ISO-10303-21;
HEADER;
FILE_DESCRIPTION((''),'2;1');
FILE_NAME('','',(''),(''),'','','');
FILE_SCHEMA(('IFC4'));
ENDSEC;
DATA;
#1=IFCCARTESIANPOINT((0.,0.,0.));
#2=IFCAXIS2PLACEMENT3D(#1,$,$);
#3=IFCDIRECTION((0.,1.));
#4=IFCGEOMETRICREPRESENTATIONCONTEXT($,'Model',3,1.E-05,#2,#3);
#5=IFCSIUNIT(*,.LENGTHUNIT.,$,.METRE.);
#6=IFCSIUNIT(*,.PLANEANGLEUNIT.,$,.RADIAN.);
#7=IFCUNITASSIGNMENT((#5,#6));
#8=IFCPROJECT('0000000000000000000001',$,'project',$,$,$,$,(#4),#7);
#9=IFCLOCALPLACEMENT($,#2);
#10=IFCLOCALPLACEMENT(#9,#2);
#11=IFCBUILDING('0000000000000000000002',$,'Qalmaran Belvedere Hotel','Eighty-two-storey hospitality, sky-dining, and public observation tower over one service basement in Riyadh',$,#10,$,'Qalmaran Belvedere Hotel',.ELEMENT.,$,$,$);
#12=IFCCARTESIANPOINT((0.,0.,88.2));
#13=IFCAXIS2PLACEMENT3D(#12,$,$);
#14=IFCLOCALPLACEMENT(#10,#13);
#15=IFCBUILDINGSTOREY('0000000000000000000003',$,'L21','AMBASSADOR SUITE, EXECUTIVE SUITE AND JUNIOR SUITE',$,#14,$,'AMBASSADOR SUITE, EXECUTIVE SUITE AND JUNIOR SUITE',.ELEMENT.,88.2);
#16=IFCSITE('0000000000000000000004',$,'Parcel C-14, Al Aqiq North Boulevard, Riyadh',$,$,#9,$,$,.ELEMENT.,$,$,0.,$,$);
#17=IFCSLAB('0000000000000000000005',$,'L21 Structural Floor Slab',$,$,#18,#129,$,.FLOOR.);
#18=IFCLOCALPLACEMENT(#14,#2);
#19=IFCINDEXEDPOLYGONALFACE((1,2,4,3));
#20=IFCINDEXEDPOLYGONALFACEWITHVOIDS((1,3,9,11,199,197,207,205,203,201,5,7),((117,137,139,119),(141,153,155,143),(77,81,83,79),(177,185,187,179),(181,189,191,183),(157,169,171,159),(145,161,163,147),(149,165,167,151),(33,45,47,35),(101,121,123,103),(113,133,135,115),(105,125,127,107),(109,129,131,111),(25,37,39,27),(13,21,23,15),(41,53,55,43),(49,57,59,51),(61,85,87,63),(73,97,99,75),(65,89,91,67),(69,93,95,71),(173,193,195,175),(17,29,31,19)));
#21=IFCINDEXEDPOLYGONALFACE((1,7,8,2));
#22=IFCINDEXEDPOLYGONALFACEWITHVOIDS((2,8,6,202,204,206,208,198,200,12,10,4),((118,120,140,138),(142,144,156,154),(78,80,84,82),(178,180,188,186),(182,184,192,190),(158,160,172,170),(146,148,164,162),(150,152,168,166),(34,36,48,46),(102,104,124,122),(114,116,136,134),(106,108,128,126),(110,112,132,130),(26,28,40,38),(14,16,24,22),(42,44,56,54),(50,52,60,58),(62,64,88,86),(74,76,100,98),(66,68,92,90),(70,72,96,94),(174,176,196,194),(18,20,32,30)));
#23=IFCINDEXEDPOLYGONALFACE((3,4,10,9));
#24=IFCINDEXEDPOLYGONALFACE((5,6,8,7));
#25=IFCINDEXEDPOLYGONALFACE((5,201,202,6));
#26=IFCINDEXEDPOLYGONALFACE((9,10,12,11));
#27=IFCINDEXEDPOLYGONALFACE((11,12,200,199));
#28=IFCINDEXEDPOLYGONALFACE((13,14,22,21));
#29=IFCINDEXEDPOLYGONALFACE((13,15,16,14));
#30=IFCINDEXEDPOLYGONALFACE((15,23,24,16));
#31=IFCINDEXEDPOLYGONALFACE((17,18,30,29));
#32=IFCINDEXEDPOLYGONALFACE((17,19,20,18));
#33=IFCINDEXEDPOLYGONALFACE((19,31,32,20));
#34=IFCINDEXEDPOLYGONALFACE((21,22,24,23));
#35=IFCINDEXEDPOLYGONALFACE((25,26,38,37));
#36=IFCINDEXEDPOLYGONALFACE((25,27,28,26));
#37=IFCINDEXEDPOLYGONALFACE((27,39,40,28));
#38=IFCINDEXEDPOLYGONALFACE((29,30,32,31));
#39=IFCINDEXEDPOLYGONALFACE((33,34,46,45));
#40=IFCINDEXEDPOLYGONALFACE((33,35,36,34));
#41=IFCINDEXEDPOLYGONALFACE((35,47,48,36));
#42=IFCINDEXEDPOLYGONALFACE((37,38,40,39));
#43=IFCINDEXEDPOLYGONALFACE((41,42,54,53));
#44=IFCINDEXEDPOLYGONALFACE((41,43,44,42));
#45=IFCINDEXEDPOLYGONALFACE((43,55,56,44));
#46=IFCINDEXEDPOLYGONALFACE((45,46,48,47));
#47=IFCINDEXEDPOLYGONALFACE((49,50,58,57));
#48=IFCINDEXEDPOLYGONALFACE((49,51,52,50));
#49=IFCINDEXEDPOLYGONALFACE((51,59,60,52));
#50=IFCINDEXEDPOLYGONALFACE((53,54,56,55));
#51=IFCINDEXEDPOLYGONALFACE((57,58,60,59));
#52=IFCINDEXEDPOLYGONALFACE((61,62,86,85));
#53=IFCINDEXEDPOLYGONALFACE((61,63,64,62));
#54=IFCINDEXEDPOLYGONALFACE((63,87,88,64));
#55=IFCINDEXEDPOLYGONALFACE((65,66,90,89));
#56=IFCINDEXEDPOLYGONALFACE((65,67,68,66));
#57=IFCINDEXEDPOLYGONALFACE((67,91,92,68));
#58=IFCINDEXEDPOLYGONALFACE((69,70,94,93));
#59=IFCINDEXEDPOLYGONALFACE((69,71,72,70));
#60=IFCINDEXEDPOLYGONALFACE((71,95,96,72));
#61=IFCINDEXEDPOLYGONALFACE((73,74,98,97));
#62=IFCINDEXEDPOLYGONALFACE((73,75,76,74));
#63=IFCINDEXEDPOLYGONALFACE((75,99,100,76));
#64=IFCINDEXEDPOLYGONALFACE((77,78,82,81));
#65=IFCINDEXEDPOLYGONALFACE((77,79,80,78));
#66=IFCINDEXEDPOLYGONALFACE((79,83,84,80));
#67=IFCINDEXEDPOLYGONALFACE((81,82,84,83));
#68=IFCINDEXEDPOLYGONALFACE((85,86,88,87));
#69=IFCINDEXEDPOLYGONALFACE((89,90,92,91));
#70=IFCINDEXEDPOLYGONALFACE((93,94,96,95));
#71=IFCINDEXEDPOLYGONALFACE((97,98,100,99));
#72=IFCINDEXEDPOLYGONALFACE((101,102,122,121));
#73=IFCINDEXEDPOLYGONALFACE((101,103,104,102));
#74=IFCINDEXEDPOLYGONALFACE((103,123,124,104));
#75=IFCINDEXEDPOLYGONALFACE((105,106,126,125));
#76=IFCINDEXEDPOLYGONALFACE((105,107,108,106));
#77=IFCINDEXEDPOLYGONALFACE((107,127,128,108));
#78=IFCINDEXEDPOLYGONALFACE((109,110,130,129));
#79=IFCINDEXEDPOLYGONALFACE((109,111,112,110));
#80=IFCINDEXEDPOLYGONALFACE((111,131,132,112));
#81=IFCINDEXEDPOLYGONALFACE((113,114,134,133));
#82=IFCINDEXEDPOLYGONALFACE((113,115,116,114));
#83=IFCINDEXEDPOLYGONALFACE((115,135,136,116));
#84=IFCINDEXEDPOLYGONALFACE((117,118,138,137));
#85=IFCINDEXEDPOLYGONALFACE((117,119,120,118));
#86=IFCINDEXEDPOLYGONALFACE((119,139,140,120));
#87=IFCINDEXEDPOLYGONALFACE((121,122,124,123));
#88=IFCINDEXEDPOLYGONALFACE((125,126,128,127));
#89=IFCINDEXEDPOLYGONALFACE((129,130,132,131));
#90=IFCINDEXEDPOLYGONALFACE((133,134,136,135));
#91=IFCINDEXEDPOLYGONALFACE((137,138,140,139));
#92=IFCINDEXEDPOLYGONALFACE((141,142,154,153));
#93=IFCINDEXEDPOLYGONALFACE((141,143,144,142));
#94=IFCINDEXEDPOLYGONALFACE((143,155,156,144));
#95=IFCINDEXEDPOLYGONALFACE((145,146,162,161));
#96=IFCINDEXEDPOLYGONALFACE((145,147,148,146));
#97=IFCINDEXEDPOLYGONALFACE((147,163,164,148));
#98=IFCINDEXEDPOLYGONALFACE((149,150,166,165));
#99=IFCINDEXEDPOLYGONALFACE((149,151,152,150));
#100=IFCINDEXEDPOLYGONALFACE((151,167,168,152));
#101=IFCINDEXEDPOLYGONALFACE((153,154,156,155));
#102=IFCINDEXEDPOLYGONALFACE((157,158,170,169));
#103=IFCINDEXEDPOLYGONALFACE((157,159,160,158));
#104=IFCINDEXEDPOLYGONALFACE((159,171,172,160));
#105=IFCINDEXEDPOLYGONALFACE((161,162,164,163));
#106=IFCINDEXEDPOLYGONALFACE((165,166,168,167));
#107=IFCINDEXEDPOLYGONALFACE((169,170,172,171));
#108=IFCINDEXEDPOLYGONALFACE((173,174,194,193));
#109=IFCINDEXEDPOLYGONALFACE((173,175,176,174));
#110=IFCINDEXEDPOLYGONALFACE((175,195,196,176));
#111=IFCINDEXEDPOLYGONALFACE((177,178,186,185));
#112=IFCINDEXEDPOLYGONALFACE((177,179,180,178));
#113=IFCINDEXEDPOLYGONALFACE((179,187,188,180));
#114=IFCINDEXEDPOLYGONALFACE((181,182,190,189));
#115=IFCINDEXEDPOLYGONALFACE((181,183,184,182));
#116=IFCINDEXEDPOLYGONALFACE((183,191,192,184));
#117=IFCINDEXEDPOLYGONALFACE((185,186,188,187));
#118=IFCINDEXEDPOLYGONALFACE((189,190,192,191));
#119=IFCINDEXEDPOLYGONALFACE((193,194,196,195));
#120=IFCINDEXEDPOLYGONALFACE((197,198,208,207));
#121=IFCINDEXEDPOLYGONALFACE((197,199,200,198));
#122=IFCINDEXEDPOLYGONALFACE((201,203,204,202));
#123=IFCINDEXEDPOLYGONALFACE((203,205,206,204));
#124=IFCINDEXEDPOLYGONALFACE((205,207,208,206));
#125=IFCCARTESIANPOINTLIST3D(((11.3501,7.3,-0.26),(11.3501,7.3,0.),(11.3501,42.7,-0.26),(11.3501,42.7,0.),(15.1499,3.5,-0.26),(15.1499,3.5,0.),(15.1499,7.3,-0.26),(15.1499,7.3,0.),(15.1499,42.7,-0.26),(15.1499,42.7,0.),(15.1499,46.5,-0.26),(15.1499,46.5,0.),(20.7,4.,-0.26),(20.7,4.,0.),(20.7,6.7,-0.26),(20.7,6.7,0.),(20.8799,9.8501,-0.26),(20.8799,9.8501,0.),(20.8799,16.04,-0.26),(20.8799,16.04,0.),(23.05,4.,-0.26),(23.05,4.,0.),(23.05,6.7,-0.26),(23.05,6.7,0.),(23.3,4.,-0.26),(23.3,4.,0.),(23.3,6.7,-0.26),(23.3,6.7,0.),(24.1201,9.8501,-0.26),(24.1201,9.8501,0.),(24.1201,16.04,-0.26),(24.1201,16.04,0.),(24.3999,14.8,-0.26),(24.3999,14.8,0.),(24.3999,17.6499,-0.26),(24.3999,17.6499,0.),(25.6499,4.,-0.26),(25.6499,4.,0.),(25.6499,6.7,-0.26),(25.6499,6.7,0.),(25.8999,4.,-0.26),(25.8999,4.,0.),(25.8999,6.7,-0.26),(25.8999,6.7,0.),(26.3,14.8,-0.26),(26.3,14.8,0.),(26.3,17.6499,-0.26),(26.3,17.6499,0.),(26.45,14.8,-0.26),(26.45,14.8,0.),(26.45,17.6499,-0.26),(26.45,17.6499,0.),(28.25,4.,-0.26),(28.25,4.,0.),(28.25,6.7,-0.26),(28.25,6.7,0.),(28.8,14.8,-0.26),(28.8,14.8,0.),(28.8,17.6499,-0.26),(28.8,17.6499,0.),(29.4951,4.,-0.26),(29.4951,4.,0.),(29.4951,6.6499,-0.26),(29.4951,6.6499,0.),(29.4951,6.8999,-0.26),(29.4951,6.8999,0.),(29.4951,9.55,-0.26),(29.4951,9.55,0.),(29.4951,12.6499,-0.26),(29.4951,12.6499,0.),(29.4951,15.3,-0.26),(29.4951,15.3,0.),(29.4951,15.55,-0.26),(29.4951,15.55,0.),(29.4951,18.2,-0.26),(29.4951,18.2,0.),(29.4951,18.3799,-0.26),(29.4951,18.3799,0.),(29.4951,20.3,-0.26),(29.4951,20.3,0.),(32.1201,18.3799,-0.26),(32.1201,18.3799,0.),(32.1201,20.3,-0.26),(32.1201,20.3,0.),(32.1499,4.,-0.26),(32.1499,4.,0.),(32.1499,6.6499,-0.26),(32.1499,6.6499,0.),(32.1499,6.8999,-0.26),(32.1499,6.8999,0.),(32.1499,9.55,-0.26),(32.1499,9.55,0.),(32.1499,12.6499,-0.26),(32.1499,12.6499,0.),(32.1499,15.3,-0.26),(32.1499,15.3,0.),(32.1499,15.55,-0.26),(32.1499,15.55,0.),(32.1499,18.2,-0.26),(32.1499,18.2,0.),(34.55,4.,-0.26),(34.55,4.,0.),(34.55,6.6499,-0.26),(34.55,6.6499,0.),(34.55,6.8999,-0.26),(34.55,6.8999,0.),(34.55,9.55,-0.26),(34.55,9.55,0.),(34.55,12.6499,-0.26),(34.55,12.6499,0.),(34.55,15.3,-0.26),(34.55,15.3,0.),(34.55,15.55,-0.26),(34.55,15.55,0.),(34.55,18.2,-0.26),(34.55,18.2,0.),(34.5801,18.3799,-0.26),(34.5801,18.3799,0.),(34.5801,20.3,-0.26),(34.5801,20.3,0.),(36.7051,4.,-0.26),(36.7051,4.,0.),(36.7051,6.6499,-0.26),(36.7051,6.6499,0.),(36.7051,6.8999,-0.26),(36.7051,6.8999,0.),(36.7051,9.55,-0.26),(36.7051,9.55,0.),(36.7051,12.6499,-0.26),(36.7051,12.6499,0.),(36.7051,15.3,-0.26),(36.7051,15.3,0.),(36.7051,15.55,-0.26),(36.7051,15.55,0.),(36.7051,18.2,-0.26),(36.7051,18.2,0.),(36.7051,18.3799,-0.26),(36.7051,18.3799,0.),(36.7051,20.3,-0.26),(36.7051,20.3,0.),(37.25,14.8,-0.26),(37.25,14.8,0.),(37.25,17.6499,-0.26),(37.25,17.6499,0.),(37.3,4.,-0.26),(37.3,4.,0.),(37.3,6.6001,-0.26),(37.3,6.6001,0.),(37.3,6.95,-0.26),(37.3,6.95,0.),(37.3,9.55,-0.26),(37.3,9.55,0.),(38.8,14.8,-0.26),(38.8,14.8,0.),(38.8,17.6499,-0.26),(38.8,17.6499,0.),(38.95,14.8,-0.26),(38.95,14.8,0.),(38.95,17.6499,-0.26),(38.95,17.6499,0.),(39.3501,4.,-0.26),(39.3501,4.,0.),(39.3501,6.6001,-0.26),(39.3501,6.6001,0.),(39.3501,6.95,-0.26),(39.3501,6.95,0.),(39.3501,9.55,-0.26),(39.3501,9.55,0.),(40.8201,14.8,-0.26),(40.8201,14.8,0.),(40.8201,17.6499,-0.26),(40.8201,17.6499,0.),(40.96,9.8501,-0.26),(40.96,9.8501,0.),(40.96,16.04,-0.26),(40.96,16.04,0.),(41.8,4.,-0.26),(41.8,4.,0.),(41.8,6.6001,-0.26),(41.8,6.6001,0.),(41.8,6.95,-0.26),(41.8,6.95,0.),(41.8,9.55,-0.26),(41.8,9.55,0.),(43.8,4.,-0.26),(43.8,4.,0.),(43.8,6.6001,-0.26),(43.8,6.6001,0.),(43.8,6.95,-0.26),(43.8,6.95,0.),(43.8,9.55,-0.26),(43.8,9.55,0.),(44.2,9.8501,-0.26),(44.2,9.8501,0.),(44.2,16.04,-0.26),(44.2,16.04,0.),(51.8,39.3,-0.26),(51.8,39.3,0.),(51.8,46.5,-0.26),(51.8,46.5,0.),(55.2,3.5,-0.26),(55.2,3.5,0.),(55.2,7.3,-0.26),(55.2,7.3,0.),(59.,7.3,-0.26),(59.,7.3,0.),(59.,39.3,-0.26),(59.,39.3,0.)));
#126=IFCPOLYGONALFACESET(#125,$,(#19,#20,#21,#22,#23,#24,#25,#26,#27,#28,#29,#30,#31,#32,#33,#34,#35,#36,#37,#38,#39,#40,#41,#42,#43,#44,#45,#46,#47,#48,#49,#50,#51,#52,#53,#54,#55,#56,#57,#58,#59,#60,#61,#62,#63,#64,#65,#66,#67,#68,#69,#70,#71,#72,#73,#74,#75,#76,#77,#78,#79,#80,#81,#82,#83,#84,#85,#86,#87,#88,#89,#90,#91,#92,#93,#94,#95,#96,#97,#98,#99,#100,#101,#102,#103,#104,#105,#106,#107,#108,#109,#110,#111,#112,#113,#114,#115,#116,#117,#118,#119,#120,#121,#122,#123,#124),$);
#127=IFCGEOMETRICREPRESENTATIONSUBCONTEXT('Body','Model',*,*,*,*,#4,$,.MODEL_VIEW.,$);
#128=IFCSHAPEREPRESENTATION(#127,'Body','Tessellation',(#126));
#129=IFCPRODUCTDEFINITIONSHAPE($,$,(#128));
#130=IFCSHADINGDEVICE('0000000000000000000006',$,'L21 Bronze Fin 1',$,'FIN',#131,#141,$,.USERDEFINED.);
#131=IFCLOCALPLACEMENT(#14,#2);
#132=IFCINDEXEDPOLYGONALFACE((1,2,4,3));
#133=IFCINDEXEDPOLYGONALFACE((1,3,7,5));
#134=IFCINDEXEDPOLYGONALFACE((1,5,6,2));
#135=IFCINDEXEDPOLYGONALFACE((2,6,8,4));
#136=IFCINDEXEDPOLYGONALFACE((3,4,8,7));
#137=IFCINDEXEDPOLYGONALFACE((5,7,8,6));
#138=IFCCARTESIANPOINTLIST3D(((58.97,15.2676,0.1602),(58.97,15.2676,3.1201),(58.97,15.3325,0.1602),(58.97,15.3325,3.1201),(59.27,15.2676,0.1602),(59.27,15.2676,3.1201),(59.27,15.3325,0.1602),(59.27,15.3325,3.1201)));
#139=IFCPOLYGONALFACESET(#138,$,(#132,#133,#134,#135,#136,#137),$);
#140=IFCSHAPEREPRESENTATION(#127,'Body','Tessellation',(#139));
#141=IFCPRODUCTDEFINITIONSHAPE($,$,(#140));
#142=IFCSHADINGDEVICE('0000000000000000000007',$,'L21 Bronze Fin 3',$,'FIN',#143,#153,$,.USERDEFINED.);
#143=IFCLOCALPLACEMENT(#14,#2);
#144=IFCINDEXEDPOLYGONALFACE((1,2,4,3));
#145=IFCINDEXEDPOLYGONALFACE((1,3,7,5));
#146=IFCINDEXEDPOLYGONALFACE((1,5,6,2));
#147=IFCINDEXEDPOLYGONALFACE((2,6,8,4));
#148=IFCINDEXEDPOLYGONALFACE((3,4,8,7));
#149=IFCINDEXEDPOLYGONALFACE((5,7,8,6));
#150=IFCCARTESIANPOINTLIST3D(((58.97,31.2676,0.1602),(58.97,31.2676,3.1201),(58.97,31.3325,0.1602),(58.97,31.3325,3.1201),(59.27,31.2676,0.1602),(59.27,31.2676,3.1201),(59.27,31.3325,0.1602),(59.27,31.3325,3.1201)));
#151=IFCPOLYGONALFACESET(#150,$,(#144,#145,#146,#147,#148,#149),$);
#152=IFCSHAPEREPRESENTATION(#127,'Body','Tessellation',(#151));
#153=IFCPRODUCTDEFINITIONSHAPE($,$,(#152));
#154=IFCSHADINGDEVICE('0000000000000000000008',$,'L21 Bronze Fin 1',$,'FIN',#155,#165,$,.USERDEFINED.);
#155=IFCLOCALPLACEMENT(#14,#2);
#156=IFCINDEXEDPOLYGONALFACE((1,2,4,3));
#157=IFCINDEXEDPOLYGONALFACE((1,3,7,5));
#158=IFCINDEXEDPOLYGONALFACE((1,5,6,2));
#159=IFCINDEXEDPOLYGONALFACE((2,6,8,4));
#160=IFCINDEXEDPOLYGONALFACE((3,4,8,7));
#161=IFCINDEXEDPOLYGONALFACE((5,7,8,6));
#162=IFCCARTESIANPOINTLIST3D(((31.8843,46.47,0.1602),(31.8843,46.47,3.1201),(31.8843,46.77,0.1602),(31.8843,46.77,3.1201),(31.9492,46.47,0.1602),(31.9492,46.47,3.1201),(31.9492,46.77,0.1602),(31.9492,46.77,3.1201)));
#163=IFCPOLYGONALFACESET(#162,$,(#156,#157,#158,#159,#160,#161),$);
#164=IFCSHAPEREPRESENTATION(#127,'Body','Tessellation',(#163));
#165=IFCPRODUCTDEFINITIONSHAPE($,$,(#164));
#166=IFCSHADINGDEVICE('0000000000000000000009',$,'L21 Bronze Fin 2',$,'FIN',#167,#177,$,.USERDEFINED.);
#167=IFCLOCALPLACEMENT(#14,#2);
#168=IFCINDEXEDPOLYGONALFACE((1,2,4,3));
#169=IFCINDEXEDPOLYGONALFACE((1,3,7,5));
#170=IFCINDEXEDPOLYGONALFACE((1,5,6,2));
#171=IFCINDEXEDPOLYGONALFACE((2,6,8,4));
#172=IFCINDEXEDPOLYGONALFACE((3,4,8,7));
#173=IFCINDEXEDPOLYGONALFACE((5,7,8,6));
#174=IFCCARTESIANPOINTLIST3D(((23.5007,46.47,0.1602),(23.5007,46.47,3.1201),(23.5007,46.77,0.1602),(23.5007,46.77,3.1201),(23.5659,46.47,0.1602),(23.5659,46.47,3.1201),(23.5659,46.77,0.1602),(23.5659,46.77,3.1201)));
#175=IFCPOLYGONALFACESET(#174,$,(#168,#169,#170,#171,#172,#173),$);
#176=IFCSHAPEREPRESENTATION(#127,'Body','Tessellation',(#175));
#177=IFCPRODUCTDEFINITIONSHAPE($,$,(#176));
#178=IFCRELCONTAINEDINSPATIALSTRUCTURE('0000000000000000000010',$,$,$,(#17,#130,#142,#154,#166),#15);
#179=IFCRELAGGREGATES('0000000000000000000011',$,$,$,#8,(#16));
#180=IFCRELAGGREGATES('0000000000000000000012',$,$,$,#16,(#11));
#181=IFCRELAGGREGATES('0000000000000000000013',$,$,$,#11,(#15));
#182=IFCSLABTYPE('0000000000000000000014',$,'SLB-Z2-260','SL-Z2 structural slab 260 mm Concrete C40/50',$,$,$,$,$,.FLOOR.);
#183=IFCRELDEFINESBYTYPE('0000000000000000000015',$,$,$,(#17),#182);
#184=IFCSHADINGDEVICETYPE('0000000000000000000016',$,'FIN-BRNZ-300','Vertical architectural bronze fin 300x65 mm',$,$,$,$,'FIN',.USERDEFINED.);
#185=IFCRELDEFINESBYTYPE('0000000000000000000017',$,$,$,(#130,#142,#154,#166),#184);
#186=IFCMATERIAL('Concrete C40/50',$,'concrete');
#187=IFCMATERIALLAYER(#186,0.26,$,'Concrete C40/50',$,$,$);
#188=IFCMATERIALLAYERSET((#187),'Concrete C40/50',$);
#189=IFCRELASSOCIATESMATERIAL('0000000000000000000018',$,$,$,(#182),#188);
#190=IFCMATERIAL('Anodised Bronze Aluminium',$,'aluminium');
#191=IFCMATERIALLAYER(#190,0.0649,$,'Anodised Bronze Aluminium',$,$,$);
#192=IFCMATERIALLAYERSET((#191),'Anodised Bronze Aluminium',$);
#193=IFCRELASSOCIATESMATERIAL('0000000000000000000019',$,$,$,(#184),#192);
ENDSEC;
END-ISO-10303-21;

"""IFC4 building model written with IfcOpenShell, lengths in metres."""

from ifc_helpers import new_model, si_unit, direction, frame, origin, place, context, subcontext, project, spatial, polyline, outline, extrude, material, layer, layer_set, type_object, element, save


model = new_model("IFC4")

# Units and contexts
model_context = context("Model", 3, precision=1e-05, world=origin(), true_north=direction((0.0, 1.0)))
body_context = subcontext(model_context, "Body", "Model", "MODEL_VIEW")
ifc_project = project(units=[si_unit("LENGTHUNIT", "METRE"), si_unit("PLANEANGLEUNIT", "RADIAN")], contexts=[model_context])

# Site, building, storey
site_placement = place(None, origin())
site = spatial("IfcSite", under=ifc_project, at=site_placement, Name="Parcel C-14, Al Aqiq North Boulevard, Riyadh", CompositionType="ELEMENT", RefElevation=0.0)
building_placement = place(site_placement, origin())
building = spatial("IfcBuilding", under=site, at=building_placement, Name="Qalmaran Belvedere Hotel", Description="Eighty-two-storey hospitality, sky-dining, and public observation tower over one service basement in Riyadh", LongName="Qalmaran Belvedere Hotel", CompositionType="ELEMENT")
storey_placement = place(building_placement, frame((0.0, 0.0, 88.2)))
storey = spatial("IfcBuildingStorey", under=building, at=storey_placement, Name="L21", Description="AMBASSADOR SUITE, EXECUTIVE SUITE AND JUNIOR SUITE", LongName="AMBASSADOR SUITE, EXECUTIVE SUITE AND JUNIOR SUITE", CompositionType="ELEMENT", Elevation=88.2)

# Shared definitions
ifc_material_1 = material(Name="Anodised Bronze Aluminium", Category="aluminium")

# Shared definitions
ifc_material_2 = material(Name="Concrete C40/50", Category="concrete")

# Slab
ifc_layer_1 = layer(ifc_material_2, 0.26, Name="Concrete C40/50")
ifc_layer_set_1 = layer_set([ifc_layer_1], Name="Concrete C40/50")
slab_type_1 = type_object("IfcSlabType", Name="SLB-Z2-260", Description="SL-Z2 structural slab 260 mm Concrete C40/50", PredefinedType="FLOOR", material=ifc_layer_set_1)
slab_1_placement = place(storey_placement, frame((0.0, 0.0, -0.26)))
element("IfcSlab", 1, at=slab_1_placement, inside=storey, type_object=slab_type_1, Name="L21 Structural Floor Slab", PredefinedType="FLOOR", context=body_context, shape_type="SweptSolid", body=[
    extrude(outline(polyline([(15.1499, 3.5), (55.2, 3.5), (55.2, 7.3), (59.0, 7.3), (59.0, 39.3), (51.8, 39.3), (51.8, 46.5), (15.1499, 46.5), (15.1499, 42.7), (11.3501, 42.7), (11.3501, 7.3), (15.1499, 7.3), (15.1499, 3.5)]), holes=[polyline([(20.8799, 9.8501), (24.1201, 9.8501), (24.1201, 16.04), (20.8799, 16.04), (20.8799, 9.8501)]), polyline([(40.96, 9.8501), (44.2, 9.8501), (44.2, 16.04), (40.96, 16.04), (40.96, 9.8501)]), polyline([(29.4951, 4.0), (32.1499, 4.0), (32.1499, 6.6499), (29.4951, 6.6499), (29.4951, 4.0)]), polyline([(29.4951, 6.8999), (32.1499, 6.8999), (32.1499, 9.55), (29.4951, 9.55), (29.4951, 6.8999)]), polyline([(34.55, 4.0), (36.7051, 4.0), (36.7051, 6.6499), (34.55, 6.6499), (34.55, 4.0)]), polyline([(34.55, 6.8999), (36.7051, 6.8999), (36.7051, 9.55), (34.55, 9.55), (34.55, 6.8999)]), polyline([(29.4951, 12.6499), (32.1499, 12.6499), (32.1499, 15.3), (29.4951, 15.3), (29.4951, 12.6499)]), polyline([(29.4951, 15.55), (32.1499, 15.55), (32.1499, 18.2), (29.4951, 18.2), (29.4951, 15.55)]), polyline([(34.55, 12.6499), (36.7051, 12.6499), (36.7051, 15.3), (34.55, 15.3), (34.55, 12.6499)]), polyline([(34.55, 15.55), (36.7051, 15.55), (36.7051, 18.2), (34.55, 18.2), (34.55, 15.55)]), polyline([(37.3, 4.0), (39.3501, 4.0), (39.3501, 6.6001), (37.3, 6.6001), (37.3, 4.0)]), polyline([(37.3, 6.95), (39.3501, 6.95), (39.3501, 9.55), (37.3, 9.55), (37.3, 6.95)]), polyline([(41.8, 4.0), (43.8, 4.0), (43.8, 6.6001), (41.8, 6.6001), (41.8, 4.0)]), polyline([(41.8, 6.95), (43.8, 6.95), (43.8, 9.55), (41.8, 9.55), (41.8, 6.95)]), polyline([(20.7, 4.0), (23.05, 4.0), (23.05, 6.7), (20.7, 6.7), (20.7, 4.0)]), polyline([(23.3, 4.0), (25.6499, 4.0), (25.6499, 6.7), (23.3, 6.7), (23.3, 4.0)]), polyline([(25.8999, 4.0), (28.25, 4.0), (28.25, 6.7), (25.8999, 6.7), (25.8999, 4.0)]), polyline([(24.3999, 14.8), (26.3, 14.8), (26.3, 17.6499), (24.3999, 17.6499), (24.3999, 14.8)]), polyline([(38.95, 14.8), (40.8201, 14.8), (40.8201, 17.6499), (38.95, 17.6499), (38.95, 14.8)]), polyline([(26.45, 14.8), (28.8, 14.8), (28.8, 17.6499), (26.45, 17.6499), (26.45, 14.8)]), polyline([(37.25, 14.8), (38.8, 14.8), (38.8, 17.6499), (37.25, 17.6499), (37.25, 14.8)]), polyline([(29.4951, 18.3799), (32.1201, 18.3799), (32.1201, 20.3), (29.4951, 20.3), (29.4951, 18.3799)]), polyline([(34.5801, 18.3799), (36.7051, 18.3799), (36.7051, 20.3), (34.5801, 20.3), (34.5801, 18.3799)])]), origin(), (0.0, 0.0, 1.0), 0.26),
])

# Shading devices
ifc_layer_2 = layer(ifc_material_1, 0.0649, Name="Anodised Bronze Aluminium")
ifc_layer_set_2 = layer_set([ifc_layer_2], Name="Anodised Bronze Aluminium")
shading_device_type = type_object("IfcShadingDeviceType", Name="FIN-BRNZ-300", Description="Vertical architectural bronze fin 300x65 mm", ElementType="FIN", PredefinedType="USERDEFINED", material=ifc_layer_set_2)
shading_device_1_placement = place(storey_placement, frame((0.0, 0.0, 0.1602)))
element("IfcShadingDevice", 2, at=shading_device_1_placement, inside=storey, type_object=shading_device_type, Name="L21 Bronze Fin 1", ObjectType="FIN", PredefinedType="USERDEFINED", context=body_context, shape_type="SweptSolid", body=[
    extrude(outline(polyline([(58.97, 15.2676), (59.27, 15.2676), (59.27, 15.3325), (58.97, 15.3325), (58.97, 15.2676)])), origin(), (0.0, 0.0, 1.0), 2.96),
])
shading_device_2_placement = place(storey_placement, frame((0.0, 0.0, 0.1602)))
element("IfcShadingDevice", 3, at=shading_device_2_placement, inside=storey, type_object=shading_device_type, Name="L21 Bronze Fin 3", ObjectType="FIN", PredefinedType="USERDEFINED", context=body_context, shape_type="SweptSolid", body=[
    extrude(outline(polyline([(58.97, 31.2676), (59.27, 31.2676), (59.27, 31.3325), (58.97, 31.3325), (58.97, 31.2676)])), origin(), (0.0, 0.0, 1.0), 2.96),
])
shading_device_3_placement = place(storey_placement, frame((0.0, 0.0, 0.1602)))
element("IfcShadingDevice", 4, at=shading_device_3_placement, inside=storey, type_object=shading_device_type, Name="L21 Bronze Fin 1", ObjectType="FIN", PredefinedType="USERDEFINED", context=body_context, shape_type="SweptSolid", body=[
    extrude(outline(polyline([(31.9492, 46.47), (31.9492, 46.77), (31.8843, 46.77), (31.8843, 46.47), (31.9492, 46.47)])), origin(), (0.0, 0.0, 1.0), 2.96),
])
shading_device_4_placement = place(storey_placement, frame((0.0, 0.0, 0.1602)))
element("IfcShadingDevice", 5, at=shading_device_4_placement, inside=storey, type_object=shading_device_type, Name="L21 Bronze Fin 2", ObjectType="FIN", PredefinedType="USERDEFINED", context=body_context, shape_type="SweptSolid", body=[
    extrude(outline(polyline([(23.5659, 46.47), (23.5659, 46.77), (23.5007, 46.77), (23.5007, 46.47), (23.5659, 46.47)])), origin(), (0.0, 0.0, 1.0), 2.96),
])

save(model, "model.ifc")
